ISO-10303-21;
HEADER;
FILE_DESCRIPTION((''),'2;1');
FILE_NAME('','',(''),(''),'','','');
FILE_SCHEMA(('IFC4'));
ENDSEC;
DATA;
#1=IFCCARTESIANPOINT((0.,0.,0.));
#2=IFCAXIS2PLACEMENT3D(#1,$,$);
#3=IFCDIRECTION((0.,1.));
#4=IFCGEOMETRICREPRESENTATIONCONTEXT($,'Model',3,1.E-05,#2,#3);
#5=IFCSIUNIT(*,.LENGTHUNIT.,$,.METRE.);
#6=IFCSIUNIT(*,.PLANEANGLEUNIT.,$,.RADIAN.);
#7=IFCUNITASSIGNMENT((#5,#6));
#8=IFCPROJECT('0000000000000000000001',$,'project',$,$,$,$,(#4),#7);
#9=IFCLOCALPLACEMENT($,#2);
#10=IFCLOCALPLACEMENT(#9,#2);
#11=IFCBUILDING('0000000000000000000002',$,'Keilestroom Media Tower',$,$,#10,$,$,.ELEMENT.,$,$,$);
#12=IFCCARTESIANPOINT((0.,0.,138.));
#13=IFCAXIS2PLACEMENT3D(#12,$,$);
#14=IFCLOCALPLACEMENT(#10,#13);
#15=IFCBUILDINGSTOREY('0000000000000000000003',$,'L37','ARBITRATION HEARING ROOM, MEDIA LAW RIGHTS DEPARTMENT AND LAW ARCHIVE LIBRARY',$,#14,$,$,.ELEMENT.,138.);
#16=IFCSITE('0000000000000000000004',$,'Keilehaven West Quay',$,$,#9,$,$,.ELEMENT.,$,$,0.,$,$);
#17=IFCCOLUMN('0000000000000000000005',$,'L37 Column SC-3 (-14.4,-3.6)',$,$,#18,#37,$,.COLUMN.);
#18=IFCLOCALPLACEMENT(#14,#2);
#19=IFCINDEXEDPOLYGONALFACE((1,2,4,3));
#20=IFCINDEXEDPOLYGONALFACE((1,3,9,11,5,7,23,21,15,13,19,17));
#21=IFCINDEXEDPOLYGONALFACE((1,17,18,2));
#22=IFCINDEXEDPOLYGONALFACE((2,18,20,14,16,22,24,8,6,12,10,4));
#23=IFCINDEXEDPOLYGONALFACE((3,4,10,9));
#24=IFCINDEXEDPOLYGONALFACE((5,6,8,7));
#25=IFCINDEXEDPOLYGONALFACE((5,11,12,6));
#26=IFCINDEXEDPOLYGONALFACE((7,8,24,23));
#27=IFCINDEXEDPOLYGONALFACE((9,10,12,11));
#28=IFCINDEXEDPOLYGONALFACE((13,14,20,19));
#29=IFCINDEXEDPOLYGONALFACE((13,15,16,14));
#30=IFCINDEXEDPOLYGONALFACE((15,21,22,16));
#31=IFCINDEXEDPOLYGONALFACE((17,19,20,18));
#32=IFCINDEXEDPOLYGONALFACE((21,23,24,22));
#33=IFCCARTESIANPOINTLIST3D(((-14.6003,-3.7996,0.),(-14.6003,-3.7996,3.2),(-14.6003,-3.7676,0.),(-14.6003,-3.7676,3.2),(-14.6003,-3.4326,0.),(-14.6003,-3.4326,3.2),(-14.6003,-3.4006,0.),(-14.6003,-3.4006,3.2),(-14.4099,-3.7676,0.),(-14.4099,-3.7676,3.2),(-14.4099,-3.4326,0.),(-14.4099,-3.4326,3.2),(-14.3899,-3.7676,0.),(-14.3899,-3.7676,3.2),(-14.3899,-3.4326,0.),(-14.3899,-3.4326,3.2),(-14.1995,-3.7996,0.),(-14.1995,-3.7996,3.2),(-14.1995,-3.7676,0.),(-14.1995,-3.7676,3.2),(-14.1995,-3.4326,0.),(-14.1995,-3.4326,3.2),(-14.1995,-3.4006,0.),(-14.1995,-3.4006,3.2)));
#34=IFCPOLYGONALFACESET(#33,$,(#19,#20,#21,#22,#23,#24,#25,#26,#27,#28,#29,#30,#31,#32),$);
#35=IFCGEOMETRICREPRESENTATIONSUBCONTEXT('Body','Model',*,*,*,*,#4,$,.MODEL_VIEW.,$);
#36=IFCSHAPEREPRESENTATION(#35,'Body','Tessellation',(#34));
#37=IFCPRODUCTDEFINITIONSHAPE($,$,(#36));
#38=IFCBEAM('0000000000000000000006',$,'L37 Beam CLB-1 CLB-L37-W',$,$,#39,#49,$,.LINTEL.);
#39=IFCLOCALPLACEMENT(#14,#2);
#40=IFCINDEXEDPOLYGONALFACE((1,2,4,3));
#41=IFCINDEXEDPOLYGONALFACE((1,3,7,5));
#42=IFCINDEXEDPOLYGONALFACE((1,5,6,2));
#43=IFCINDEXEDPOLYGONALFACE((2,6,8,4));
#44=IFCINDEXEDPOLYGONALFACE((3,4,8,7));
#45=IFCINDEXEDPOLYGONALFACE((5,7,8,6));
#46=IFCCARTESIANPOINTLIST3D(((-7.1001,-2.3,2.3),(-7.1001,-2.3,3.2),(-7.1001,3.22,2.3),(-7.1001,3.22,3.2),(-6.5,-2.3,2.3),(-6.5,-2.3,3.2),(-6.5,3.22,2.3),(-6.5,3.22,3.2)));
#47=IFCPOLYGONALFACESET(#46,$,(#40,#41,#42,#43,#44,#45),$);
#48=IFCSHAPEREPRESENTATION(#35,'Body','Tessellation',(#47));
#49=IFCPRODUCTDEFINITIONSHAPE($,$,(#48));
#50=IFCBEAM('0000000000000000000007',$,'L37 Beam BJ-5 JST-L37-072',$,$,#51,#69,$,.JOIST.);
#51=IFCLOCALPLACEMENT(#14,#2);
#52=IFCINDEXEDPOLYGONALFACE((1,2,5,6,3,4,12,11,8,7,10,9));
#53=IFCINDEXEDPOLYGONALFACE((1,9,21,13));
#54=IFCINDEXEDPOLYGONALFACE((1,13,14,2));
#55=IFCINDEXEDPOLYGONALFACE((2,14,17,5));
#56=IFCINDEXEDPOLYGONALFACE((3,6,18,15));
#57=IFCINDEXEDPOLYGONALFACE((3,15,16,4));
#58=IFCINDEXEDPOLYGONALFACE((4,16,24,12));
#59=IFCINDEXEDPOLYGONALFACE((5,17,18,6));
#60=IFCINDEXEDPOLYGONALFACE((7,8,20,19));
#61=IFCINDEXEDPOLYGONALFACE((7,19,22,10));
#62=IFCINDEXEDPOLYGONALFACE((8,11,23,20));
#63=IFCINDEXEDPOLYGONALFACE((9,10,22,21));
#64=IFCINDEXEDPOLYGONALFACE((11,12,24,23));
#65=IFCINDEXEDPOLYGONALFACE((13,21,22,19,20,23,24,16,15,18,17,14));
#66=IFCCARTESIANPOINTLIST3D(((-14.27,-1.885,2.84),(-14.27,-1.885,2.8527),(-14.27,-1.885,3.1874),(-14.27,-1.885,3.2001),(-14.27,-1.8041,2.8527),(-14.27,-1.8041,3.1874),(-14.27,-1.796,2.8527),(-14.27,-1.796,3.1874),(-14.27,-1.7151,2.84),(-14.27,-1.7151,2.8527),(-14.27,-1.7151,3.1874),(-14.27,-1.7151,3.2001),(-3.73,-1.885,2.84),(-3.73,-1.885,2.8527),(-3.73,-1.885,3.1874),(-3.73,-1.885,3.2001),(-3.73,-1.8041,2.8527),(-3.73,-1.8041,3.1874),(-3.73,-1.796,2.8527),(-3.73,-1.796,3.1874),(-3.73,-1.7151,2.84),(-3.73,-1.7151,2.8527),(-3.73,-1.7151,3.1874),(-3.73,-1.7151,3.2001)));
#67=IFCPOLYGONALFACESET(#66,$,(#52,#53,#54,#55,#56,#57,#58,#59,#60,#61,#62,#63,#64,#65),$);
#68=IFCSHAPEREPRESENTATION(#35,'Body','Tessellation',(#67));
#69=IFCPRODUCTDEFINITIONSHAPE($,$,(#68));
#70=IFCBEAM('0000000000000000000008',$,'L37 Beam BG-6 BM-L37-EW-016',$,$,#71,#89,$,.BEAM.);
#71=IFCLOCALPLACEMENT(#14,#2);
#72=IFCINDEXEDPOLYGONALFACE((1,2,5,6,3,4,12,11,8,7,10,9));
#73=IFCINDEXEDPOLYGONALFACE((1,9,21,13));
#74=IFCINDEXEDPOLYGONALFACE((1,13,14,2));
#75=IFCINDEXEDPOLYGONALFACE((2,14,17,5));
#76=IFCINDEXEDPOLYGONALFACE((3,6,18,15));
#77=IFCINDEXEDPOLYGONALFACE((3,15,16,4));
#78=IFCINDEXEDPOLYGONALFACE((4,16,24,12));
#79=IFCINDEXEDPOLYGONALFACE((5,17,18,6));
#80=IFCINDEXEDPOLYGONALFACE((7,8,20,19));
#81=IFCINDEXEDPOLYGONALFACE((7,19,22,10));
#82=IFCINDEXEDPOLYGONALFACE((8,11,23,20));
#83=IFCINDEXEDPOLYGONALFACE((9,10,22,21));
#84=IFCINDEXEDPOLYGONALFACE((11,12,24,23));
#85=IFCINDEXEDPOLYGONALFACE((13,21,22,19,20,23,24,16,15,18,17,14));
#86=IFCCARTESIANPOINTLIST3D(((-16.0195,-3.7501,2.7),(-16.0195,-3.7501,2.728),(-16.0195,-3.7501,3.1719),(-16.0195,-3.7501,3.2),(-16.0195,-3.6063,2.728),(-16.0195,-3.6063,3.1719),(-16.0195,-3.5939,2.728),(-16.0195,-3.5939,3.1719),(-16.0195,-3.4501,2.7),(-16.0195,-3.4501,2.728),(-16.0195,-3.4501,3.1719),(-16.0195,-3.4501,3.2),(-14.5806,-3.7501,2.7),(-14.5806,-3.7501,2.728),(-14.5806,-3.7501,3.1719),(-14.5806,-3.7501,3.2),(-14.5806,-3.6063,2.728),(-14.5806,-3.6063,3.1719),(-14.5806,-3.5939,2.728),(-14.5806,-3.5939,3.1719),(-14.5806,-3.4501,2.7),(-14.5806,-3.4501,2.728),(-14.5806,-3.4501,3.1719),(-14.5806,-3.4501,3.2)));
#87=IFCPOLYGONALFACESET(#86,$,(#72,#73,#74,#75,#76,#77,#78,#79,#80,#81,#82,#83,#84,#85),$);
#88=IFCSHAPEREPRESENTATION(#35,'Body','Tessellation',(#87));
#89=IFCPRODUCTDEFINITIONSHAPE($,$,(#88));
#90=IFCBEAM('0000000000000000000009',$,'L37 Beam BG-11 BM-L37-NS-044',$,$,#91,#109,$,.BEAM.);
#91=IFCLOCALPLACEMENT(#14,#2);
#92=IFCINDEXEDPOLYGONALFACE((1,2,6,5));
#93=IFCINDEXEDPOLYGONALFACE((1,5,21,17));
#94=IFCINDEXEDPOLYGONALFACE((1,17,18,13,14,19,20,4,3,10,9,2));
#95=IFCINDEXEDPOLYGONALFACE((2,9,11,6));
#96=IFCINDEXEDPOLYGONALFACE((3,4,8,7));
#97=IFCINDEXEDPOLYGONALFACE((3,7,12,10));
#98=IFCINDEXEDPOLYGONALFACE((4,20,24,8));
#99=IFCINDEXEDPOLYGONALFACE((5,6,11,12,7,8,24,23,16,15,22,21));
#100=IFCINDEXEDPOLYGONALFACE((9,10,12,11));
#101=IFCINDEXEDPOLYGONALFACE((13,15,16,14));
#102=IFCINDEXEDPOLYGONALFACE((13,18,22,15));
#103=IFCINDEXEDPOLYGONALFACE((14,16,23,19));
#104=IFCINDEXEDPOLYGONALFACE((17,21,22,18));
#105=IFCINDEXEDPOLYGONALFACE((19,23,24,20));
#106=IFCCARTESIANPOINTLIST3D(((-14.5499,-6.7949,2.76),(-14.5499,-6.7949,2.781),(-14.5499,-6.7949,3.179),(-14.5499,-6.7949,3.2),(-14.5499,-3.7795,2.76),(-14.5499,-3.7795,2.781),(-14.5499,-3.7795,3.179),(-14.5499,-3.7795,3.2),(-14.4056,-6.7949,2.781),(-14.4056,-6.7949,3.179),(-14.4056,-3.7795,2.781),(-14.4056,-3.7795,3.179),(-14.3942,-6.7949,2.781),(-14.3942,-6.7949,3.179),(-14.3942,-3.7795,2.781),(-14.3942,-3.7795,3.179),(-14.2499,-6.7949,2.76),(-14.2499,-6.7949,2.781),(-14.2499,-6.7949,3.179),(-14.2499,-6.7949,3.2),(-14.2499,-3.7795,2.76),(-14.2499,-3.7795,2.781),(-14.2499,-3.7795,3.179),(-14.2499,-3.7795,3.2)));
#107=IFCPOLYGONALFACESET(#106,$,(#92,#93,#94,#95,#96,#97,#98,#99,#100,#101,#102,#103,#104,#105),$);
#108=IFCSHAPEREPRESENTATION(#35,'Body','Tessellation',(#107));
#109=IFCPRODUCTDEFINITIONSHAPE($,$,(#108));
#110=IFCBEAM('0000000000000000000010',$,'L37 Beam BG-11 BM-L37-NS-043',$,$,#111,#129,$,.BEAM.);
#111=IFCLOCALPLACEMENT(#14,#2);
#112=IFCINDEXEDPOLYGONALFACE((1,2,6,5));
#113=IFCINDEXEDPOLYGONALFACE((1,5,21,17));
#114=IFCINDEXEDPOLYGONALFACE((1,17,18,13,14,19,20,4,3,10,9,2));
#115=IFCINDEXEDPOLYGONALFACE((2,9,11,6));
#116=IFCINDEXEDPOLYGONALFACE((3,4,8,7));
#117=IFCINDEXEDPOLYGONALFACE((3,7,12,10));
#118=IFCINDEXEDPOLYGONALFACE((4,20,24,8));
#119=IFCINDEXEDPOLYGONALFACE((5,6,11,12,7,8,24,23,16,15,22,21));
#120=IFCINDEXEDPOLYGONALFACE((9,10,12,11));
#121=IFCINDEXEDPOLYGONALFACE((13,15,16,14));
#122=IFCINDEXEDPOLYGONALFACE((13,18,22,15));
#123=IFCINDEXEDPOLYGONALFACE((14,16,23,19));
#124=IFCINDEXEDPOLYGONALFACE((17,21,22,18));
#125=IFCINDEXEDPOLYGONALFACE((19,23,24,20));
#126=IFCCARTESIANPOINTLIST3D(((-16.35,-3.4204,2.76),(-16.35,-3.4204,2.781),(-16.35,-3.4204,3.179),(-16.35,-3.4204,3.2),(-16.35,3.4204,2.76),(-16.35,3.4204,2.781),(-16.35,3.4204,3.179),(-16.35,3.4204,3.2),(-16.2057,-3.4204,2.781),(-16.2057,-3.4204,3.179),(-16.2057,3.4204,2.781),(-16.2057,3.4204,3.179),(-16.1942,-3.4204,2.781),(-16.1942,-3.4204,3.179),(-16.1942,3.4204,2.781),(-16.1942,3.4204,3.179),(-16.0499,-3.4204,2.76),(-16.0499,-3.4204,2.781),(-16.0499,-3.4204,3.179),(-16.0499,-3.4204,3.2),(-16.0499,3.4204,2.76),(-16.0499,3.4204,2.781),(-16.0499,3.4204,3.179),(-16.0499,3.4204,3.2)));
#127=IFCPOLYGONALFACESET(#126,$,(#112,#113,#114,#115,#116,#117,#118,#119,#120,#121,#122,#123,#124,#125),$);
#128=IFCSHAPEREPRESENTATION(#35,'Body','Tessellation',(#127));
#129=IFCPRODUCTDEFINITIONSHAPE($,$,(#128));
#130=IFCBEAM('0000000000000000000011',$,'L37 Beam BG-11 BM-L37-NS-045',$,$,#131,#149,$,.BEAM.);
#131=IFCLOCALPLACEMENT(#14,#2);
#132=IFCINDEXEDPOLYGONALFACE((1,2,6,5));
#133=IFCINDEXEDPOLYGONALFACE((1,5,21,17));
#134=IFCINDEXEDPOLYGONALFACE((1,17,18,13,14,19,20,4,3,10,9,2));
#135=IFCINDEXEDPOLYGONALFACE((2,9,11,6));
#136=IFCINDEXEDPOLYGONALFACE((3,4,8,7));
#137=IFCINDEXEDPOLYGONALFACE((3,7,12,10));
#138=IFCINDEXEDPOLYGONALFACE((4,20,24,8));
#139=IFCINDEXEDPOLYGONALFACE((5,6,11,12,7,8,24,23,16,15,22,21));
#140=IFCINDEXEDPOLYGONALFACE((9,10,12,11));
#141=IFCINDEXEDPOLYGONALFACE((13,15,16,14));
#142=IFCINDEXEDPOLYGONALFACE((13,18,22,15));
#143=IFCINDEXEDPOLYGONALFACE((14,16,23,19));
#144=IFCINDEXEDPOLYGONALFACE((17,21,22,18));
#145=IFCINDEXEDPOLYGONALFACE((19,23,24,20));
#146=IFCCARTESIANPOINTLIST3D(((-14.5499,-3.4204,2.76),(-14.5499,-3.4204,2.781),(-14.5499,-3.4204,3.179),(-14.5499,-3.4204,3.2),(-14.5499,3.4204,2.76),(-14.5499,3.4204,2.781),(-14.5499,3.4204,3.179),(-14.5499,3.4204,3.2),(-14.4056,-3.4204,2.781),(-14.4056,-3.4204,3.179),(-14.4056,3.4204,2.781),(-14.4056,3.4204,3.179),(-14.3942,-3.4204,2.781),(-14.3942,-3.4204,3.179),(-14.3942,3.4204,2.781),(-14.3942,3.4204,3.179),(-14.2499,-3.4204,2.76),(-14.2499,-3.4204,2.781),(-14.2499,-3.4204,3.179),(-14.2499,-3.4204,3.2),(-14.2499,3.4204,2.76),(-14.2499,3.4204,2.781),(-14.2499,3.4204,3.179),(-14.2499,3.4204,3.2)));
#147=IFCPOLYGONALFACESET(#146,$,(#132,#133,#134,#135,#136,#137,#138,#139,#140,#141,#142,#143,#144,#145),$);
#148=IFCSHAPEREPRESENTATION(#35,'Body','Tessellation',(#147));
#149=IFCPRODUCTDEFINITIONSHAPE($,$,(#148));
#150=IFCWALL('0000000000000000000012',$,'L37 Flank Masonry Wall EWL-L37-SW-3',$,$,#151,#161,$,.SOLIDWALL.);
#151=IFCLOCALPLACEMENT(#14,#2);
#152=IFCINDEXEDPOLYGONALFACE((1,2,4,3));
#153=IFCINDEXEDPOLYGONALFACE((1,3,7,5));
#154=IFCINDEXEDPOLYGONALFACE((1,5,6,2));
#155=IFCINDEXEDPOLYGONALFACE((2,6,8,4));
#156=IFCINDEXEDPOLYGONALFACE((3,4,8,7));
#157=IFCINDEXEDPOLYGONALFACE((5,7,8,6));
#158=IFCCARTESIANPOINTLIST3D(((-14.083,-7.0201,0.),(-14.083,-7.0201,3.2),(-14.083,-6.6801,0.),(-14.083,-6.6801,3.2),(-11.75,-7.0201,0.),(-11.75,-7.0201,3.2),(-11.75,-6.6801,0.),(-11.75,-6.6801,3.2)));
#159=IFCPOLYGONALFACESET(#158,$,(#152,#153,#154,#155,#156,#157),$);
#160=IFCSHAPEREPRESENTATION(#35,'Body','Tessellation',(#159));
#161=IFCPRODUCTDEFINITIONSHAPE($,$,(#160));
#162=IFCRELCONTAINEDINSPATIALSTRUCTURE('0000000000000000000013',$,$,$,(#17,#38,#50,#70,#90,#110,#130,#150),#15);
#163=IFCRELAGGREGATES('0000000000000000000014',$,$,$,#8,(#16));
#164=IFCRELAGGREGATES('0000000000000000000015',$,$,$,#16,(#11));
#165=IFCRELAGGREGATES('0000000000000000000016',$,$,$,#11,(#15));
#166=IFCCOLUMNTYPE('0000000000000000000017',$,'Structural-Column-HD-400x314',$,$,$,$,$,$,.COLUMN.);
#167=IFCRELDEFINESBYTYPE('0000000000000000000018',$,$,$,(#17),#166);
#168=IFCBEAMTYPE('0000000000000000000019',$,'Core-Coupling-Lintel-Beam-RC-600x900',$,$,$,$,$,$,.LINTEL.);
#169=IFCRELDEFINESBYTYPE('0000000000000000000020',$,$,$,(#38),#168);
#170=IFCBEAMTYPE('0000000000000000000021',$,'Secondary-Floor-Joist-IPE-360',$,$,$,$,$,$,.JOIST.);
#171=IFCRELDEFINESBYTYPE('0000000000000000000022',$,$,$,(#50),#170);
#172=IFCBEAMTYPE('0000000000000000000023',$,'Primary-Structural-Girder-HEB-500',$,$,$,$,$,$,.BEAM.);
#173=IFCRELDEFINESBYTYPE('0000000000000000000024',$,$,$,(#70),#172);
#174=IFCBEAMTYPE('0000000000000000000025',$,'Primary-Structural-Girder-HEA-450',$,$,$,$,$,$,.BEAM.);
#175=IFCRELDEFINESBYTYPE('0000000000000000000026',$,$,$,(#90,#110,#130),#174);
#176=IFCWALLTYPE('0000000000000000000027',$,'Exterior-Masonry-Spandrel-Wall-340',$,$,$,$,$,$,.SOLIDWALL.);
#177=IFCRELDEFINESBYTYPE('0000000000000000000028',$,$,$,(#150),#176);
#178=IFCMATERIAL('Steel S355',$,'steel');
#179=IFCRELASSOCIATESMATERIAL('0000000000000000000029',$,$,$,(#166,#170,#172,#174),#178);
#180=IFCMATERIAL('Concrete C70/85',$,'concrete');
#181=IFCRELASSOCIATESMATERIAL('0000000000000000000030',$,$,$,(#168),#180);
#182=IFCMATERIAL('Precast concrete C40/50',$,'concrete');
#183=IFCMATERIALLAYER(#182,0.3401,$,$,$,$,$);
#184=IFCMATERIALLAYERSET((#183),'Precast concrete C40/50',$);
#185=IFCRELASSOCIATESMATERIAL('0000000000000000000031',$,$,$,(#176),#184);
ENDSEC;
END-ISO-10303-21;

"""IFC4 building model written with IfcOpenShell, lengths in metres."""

from ifc_helpers import new_model, si_unit, direction, frame, frame_2d, origin, origin_2d, place, context, subcontext, project, spatial, rectangle, i_section, extrude, source, transform, mapped, material, layer, layer_set, material_profile, profile_set, type_object, element, save


model = new_model("IFC4")

# Units and contexts
model_context = context("Model", 3, precision=1e-05, world=origin(), true_north=direction((0.0, 1.0)))
body_context = subcontext(model_context, "Body", "Model", "MODEL_VIEW")
ifc_project = project(units=[si_unit("LENGTHUNIT", "METRE"), si_unit("PLANEANGLEUNIT", "RADIAN")], contexts=[model_context])

# Site, building, storey
site_placement = place(None, origin())
site = spatial("IfcSite", under=ifc_project, at=site_placement, Name="Keilehaven West Quay", CompositionType="ELEMENT", RefElevation=0.0)
building_placement = place(site_placement, origin())
building = spatial("IfcBuilding", under=site, at=building_placement, Name="Keilestroom Media Tower", CompositionType="ELEMENT")
storey_placement = place(building_placement, frame((0.0, 0.0, 138.0)))
storey = spatial("IfcBuildingStorey", under=building, at=storey_placement, Name="L37", Description="ARBITRATION HEARING ROOM, MEDIA LAW RIGHTS DEPARTMENT AND LAW ARCHIVE LIBRARY", CompositionType="ELEMENT", Elevation=138.0)

# Column
ifc_material_1 = material(Name="Steel S355", Category="steel")
ifc_material_profile_1 = material_profile(ifc_material_1, i_section(OverallWidth=0.4009, OverallDepth=0.3989, WebThickness=0.02, FlangeThickness=0.032, at=origin_2d()), Name="HD 400x314")
ifc_profile_set_1 = profile_set([ifc_material_profile_1], Name="Steel S355")
column_type = type_object("IfcColumnType", Name="Structural-Column-HD-400x314", PredefinedType="COLUMN", material=ifc_profile_set_1)
shared_shape_1 = source(origin(), body_context, "Body", "SweptSolid", [
    extrude(i_section(OverallWidth=0.4009, OverallDepth=0.3989, WebThickness=0.02, FlangeThickness=0.032, at=origin_2d()), origin(), (0.0, 0.0, 1.0), 3.2),
])
column_placement = place(storey_placement, frame((-14.3999, -3.6001, 0.0), z_axis=(0.0, 0.0, 1.0), x_axis=(1.0, 0.0, 0.0)))
element("IfcColumn", 1, at=column_placement, inside=storey, type_object=column_type, Name="L37 Column SC-3 (-14.4,-3.6)", PredefinedType="COLUMN", context=body_context, shape_type="MappedRepresentation", body=[
    mapped(shared_shape_1, transform((0.0, 0.0, 0.0), x_axis=(1.0, 0.0, 0.0), y_axis=(0.0, 1.0, 0.0), z_axis=(0.0, 0.0, 1.0), scale=1.0)),
])

# Beams
ifc_material_2 = material(Name="Concrete C70/85", Category="concrete")
ifc_material_profile_2 = material_profile(ifc_material_2, rectangle(XDim=0.6001, YDim=0.8999, at=origin_2d()), Name="RC 600x900")
ifc_profile_set_2 = profile_set([ifc_material_profile_2], Name="Concrete C70/85")
beam_type_1 = type_object("IfcBeamType", Name="Core-Coupling-Lintel-Beam-RC-600x900", PredefinedType="LINTEL", material=ifc_profile_set_2)
shared_shape_2 = source(origin(), body_context, "Body", "SweptSolid", [
    extrude(rectangle(XDim=0.6001, YDim=0.8999, at=origin_2d()), origin(), (0.0, 0.0, 1.0), 5.52),
])
beam_1_placement = place(storey_placement, frame((-6.8, -2.3, 2.75), z_axis=(0.0, 1.0, 0.0), x_axis=(-1.0, 0.0, 0.0)))
element("IfcBeam", 2, at=beam_1_placement, inside=storey, type_object=beam_type_1, Name="L37 Beam CLB-1 CLB-L37-W", PredefinedType="LINTEL", context=body_context, shape_type="MappedRepresentation", body=[
    mapped(shared_shape_2, transform((0.0, 0.0, 0.0), x_axis=(1.0, 0.0, 0.0), y_axis=(0.0, 1.0, 0.0), z_axis=(0.0, 0.0, 1.0), scale=1.0)),
])
ifc_material_profile_3 = material_profile(ifc_material_1, i_section(OverallWidth=0.1699, OverallDepth=0.3601, WebThickness=0.0081, FlangeThickness=0.0127, at=origin_2d()), Name="IPE 360")
ifc_profile_set_3 = profile_set([ifc_material_profile_3], Name="Steel S355")
beam_type_2 = type_object("IfcBeamType", Name="Secondary-Floor-Joist-IPE-360", PredefinedType="JOIST", material=ifc_profile_set_3)
shared_shape_3 = source(origin(), body_context, "Body", "SweptSolid", [
    extrude(i_section(OverallWidth=0.1699, OverallDepth=0.3601, WebThickness=0.0081, FlangeThickness=0.0127, at=origin_2d()), origin(), (0.0, 0.0, 1.0), 10.54),
])
beam_2_placement = place(storey_placement, frame((-14.27, -1.8, 3.02), z_axis=(1.0, 0.0, 0.0), x_axis=(0.0, 1.0, 0.0)))
element("IfcBeam", 3, at=beam_2_placement, inside=storey, type_object=beam_type_2, Name="L37 Beam BJ-5 JST-L37-072", PredefinedType="JOIST", context=body_context, shape_type="MappedRepresentation", body=[
    mapped(shared_shape_3, transform((0.0, 0.0, 0.0), x_axis=(1.0, 0.0, 0.0), y_axis=(0.0, 1.0, 0.0), z_axis=(0.0, 0.0, 1.0), scale=1.0)),
])
ifc_material_profile_4 = material_profile(ifc_material_1, i_section(OverallWidth=0.3, OverallDepth=0.5, WebThickness=0.0125, FlangeThickness=0.0281, at=origin_2d()), Name="HEB 500")
ifc_profile_set_4 = profile_set([ifc_material_profile_4], Name="Steel S355")
beam_type_3 = type_object("IfcBeamType", Name="Primary-Structural-Girder-HEB-500", PredefinedType="BEAM", material=ifc_profile_set_4)
shared_shape_4 = source(origin(), body_context, "Body", "SweptSolid", [
    extrude(i_section(OverallWidth=0.3, OverallDepth=0.5, WebThickness=0.0125, FlangeThickness=0.0281, at=origin_2d()), origin(), (0.0, 0.0, 1.0), 1.439),
])
beam_3_placement = place(storey_placement, frame((-16.0195, -3.6001, 2.95), z_axis=(1.0, 0.0, 0.0), x_axis=(0.0, 1.0, 0.0)))
element("IfcBeam", 4, at=beam_3_placement, inside=storey, type_object=beam_type_3, Name="L37 Beam BG-6 BM-L37-EW-016", PredefinedType="BEAM", context=body_context, shape_type="MappedRepresentation", body=[
    mapped(shared_shape_4, transform((0.0, 0.0, 0.0), x_axis=(1.0, 0.0, 0.0), y_axis=(0.0, 1.0, 0.0), z_axis=(0.0, 0.0, 1.0), scale=1.0)),
])
ifc_material_profile_5 = material_profile(ifc_material_1, i_section(OverallWidth=0.3, OverallDepth=0.4399, WebThickness=0.0115, FlangeThickness=0.021, at=origin_2d()), Name="HEA 450")
ifc_profile_set_5 = profile_set([ifc_material_profile_5], Name="Steel S355")
beam_type_4 = type_object("IfcBeamType", Name="Primary-Structural-Girder-HEA-450", PredefinedType="BEAM", material=ifc_profile_set_5)
shared_shape_5 = source(origin(), body_context, "Body", "SweptSolid", [
    extrude(i_section(OverallWidth=0.3, OverallDepth=0.4399, WebThickness=0.0115, FlangeThickness=0.021, at=origin_2d()), origin(), (0.0, 0.0, 1.0), 3.0154),
])
beam_4_placement = place(storey_placement, frame((-14.3999, -6.7949, 2.98), z_axis=(0.0, 1.0, 0.0), x_axis=(-1.0, 0.0, 0.0)))
element("IfcBeam", 5, at=beam_4_placement, inside=storey, type_object=beam_type_4, Name="L37 Beam BG-11 BM-L37-NS-044", PredefinedType="BEAM", context=body_context, shape_type="MappedRepresentation", body=[
    mapped(shared_shape_5, transform((0.0, 0.0, 0.0), x_axis=(1.0, 0.0, 0.0), y_axis=(0.0, 1.0, 0.0), z_axis=(0.0, 0.0, 1.0), scale=1.0)),
])
shared_shape_6 = source(origin(), body_context, "Body", "SweptSolid", [
    extrude(i_section(OverallWidth=0.3, OverallDepth=0.4399, WebThickness=0.0115, FlangeThickness=0.021, at=origin_2d()), origin(), (0.0, 0.0, 1.0), 6.8408),
])
for number, where, z_axis, x_axis, name in (
    (6, (-16.2, -3.4204, 2.98), (0.0, 1.0, 0.0), (-1.0, 0.0, 0.0), "L37 Beam BG-11 BM-L37-NS-043"),
    (7, (-14.3999, -3.4204, 2.98), (0.0, 1.0, 0.0), (-1.0, 0.0, 0.0), "L37 Beam BG-11 BM-L37-NS-045"),
):
    element("IfcBeam", number, at=place(storey_placement, frame(where, z_axis=z_axis, x_axis=x_axis)), inside=storey, type_object=beam_type_4, Name=name, PredefinedType="BEAM", context=body_context, shape_type="MappedRepresentation", body=[
        mapped(shared_shape_6, transform((0.0, 0.0, 0.0), x_axis=(1.0, 0.0, 0.0), y_axis=(0.0, 1.0, 0.0), z_axis=(0.0, 0.0, 1.0), scale=1.0)),
    ])

# Wall
ifc_material_3 = material(Name="Precast concrete C40/50", Category="concrete")
ifc_layer_1 = layer(ifc_material_3, 0.3401)
ifc_layer_set_1 = layer_set([ifc_layer_1], Name="Precast concrete C40/50")
wall_type_1 = type_object("IfcWallType", Name="Exterior-Masonry-Spandrel-Wall-340", PredefinedType="SOLIDWALL", material=ifc_layer_set_1)
wall_1_placement = place(storey_placement, frame((-14.083, -6.8501, 0.0), z_axis=(0.0, 0.0, 1.0), x_axis=(1.0, 0.0, 0.0)))
element("IfcWall", 8, at=wall_1_placement, inside=storey, type_object=wall_type_1, Name="L37 Flank Masonry Wall EWL-L37-SW-3", PredefinedType="SOLIDWALL", context=body_context, shape_type="SweptSolid", body=[
    extrude(rectangle(XDim=2.333, YDim=0.3401, at=frame_2d((1.1665, 0.0))), origin(), (0.0, 0.0, 1.0), 3.2),
])

save(model, "model.ifc")
